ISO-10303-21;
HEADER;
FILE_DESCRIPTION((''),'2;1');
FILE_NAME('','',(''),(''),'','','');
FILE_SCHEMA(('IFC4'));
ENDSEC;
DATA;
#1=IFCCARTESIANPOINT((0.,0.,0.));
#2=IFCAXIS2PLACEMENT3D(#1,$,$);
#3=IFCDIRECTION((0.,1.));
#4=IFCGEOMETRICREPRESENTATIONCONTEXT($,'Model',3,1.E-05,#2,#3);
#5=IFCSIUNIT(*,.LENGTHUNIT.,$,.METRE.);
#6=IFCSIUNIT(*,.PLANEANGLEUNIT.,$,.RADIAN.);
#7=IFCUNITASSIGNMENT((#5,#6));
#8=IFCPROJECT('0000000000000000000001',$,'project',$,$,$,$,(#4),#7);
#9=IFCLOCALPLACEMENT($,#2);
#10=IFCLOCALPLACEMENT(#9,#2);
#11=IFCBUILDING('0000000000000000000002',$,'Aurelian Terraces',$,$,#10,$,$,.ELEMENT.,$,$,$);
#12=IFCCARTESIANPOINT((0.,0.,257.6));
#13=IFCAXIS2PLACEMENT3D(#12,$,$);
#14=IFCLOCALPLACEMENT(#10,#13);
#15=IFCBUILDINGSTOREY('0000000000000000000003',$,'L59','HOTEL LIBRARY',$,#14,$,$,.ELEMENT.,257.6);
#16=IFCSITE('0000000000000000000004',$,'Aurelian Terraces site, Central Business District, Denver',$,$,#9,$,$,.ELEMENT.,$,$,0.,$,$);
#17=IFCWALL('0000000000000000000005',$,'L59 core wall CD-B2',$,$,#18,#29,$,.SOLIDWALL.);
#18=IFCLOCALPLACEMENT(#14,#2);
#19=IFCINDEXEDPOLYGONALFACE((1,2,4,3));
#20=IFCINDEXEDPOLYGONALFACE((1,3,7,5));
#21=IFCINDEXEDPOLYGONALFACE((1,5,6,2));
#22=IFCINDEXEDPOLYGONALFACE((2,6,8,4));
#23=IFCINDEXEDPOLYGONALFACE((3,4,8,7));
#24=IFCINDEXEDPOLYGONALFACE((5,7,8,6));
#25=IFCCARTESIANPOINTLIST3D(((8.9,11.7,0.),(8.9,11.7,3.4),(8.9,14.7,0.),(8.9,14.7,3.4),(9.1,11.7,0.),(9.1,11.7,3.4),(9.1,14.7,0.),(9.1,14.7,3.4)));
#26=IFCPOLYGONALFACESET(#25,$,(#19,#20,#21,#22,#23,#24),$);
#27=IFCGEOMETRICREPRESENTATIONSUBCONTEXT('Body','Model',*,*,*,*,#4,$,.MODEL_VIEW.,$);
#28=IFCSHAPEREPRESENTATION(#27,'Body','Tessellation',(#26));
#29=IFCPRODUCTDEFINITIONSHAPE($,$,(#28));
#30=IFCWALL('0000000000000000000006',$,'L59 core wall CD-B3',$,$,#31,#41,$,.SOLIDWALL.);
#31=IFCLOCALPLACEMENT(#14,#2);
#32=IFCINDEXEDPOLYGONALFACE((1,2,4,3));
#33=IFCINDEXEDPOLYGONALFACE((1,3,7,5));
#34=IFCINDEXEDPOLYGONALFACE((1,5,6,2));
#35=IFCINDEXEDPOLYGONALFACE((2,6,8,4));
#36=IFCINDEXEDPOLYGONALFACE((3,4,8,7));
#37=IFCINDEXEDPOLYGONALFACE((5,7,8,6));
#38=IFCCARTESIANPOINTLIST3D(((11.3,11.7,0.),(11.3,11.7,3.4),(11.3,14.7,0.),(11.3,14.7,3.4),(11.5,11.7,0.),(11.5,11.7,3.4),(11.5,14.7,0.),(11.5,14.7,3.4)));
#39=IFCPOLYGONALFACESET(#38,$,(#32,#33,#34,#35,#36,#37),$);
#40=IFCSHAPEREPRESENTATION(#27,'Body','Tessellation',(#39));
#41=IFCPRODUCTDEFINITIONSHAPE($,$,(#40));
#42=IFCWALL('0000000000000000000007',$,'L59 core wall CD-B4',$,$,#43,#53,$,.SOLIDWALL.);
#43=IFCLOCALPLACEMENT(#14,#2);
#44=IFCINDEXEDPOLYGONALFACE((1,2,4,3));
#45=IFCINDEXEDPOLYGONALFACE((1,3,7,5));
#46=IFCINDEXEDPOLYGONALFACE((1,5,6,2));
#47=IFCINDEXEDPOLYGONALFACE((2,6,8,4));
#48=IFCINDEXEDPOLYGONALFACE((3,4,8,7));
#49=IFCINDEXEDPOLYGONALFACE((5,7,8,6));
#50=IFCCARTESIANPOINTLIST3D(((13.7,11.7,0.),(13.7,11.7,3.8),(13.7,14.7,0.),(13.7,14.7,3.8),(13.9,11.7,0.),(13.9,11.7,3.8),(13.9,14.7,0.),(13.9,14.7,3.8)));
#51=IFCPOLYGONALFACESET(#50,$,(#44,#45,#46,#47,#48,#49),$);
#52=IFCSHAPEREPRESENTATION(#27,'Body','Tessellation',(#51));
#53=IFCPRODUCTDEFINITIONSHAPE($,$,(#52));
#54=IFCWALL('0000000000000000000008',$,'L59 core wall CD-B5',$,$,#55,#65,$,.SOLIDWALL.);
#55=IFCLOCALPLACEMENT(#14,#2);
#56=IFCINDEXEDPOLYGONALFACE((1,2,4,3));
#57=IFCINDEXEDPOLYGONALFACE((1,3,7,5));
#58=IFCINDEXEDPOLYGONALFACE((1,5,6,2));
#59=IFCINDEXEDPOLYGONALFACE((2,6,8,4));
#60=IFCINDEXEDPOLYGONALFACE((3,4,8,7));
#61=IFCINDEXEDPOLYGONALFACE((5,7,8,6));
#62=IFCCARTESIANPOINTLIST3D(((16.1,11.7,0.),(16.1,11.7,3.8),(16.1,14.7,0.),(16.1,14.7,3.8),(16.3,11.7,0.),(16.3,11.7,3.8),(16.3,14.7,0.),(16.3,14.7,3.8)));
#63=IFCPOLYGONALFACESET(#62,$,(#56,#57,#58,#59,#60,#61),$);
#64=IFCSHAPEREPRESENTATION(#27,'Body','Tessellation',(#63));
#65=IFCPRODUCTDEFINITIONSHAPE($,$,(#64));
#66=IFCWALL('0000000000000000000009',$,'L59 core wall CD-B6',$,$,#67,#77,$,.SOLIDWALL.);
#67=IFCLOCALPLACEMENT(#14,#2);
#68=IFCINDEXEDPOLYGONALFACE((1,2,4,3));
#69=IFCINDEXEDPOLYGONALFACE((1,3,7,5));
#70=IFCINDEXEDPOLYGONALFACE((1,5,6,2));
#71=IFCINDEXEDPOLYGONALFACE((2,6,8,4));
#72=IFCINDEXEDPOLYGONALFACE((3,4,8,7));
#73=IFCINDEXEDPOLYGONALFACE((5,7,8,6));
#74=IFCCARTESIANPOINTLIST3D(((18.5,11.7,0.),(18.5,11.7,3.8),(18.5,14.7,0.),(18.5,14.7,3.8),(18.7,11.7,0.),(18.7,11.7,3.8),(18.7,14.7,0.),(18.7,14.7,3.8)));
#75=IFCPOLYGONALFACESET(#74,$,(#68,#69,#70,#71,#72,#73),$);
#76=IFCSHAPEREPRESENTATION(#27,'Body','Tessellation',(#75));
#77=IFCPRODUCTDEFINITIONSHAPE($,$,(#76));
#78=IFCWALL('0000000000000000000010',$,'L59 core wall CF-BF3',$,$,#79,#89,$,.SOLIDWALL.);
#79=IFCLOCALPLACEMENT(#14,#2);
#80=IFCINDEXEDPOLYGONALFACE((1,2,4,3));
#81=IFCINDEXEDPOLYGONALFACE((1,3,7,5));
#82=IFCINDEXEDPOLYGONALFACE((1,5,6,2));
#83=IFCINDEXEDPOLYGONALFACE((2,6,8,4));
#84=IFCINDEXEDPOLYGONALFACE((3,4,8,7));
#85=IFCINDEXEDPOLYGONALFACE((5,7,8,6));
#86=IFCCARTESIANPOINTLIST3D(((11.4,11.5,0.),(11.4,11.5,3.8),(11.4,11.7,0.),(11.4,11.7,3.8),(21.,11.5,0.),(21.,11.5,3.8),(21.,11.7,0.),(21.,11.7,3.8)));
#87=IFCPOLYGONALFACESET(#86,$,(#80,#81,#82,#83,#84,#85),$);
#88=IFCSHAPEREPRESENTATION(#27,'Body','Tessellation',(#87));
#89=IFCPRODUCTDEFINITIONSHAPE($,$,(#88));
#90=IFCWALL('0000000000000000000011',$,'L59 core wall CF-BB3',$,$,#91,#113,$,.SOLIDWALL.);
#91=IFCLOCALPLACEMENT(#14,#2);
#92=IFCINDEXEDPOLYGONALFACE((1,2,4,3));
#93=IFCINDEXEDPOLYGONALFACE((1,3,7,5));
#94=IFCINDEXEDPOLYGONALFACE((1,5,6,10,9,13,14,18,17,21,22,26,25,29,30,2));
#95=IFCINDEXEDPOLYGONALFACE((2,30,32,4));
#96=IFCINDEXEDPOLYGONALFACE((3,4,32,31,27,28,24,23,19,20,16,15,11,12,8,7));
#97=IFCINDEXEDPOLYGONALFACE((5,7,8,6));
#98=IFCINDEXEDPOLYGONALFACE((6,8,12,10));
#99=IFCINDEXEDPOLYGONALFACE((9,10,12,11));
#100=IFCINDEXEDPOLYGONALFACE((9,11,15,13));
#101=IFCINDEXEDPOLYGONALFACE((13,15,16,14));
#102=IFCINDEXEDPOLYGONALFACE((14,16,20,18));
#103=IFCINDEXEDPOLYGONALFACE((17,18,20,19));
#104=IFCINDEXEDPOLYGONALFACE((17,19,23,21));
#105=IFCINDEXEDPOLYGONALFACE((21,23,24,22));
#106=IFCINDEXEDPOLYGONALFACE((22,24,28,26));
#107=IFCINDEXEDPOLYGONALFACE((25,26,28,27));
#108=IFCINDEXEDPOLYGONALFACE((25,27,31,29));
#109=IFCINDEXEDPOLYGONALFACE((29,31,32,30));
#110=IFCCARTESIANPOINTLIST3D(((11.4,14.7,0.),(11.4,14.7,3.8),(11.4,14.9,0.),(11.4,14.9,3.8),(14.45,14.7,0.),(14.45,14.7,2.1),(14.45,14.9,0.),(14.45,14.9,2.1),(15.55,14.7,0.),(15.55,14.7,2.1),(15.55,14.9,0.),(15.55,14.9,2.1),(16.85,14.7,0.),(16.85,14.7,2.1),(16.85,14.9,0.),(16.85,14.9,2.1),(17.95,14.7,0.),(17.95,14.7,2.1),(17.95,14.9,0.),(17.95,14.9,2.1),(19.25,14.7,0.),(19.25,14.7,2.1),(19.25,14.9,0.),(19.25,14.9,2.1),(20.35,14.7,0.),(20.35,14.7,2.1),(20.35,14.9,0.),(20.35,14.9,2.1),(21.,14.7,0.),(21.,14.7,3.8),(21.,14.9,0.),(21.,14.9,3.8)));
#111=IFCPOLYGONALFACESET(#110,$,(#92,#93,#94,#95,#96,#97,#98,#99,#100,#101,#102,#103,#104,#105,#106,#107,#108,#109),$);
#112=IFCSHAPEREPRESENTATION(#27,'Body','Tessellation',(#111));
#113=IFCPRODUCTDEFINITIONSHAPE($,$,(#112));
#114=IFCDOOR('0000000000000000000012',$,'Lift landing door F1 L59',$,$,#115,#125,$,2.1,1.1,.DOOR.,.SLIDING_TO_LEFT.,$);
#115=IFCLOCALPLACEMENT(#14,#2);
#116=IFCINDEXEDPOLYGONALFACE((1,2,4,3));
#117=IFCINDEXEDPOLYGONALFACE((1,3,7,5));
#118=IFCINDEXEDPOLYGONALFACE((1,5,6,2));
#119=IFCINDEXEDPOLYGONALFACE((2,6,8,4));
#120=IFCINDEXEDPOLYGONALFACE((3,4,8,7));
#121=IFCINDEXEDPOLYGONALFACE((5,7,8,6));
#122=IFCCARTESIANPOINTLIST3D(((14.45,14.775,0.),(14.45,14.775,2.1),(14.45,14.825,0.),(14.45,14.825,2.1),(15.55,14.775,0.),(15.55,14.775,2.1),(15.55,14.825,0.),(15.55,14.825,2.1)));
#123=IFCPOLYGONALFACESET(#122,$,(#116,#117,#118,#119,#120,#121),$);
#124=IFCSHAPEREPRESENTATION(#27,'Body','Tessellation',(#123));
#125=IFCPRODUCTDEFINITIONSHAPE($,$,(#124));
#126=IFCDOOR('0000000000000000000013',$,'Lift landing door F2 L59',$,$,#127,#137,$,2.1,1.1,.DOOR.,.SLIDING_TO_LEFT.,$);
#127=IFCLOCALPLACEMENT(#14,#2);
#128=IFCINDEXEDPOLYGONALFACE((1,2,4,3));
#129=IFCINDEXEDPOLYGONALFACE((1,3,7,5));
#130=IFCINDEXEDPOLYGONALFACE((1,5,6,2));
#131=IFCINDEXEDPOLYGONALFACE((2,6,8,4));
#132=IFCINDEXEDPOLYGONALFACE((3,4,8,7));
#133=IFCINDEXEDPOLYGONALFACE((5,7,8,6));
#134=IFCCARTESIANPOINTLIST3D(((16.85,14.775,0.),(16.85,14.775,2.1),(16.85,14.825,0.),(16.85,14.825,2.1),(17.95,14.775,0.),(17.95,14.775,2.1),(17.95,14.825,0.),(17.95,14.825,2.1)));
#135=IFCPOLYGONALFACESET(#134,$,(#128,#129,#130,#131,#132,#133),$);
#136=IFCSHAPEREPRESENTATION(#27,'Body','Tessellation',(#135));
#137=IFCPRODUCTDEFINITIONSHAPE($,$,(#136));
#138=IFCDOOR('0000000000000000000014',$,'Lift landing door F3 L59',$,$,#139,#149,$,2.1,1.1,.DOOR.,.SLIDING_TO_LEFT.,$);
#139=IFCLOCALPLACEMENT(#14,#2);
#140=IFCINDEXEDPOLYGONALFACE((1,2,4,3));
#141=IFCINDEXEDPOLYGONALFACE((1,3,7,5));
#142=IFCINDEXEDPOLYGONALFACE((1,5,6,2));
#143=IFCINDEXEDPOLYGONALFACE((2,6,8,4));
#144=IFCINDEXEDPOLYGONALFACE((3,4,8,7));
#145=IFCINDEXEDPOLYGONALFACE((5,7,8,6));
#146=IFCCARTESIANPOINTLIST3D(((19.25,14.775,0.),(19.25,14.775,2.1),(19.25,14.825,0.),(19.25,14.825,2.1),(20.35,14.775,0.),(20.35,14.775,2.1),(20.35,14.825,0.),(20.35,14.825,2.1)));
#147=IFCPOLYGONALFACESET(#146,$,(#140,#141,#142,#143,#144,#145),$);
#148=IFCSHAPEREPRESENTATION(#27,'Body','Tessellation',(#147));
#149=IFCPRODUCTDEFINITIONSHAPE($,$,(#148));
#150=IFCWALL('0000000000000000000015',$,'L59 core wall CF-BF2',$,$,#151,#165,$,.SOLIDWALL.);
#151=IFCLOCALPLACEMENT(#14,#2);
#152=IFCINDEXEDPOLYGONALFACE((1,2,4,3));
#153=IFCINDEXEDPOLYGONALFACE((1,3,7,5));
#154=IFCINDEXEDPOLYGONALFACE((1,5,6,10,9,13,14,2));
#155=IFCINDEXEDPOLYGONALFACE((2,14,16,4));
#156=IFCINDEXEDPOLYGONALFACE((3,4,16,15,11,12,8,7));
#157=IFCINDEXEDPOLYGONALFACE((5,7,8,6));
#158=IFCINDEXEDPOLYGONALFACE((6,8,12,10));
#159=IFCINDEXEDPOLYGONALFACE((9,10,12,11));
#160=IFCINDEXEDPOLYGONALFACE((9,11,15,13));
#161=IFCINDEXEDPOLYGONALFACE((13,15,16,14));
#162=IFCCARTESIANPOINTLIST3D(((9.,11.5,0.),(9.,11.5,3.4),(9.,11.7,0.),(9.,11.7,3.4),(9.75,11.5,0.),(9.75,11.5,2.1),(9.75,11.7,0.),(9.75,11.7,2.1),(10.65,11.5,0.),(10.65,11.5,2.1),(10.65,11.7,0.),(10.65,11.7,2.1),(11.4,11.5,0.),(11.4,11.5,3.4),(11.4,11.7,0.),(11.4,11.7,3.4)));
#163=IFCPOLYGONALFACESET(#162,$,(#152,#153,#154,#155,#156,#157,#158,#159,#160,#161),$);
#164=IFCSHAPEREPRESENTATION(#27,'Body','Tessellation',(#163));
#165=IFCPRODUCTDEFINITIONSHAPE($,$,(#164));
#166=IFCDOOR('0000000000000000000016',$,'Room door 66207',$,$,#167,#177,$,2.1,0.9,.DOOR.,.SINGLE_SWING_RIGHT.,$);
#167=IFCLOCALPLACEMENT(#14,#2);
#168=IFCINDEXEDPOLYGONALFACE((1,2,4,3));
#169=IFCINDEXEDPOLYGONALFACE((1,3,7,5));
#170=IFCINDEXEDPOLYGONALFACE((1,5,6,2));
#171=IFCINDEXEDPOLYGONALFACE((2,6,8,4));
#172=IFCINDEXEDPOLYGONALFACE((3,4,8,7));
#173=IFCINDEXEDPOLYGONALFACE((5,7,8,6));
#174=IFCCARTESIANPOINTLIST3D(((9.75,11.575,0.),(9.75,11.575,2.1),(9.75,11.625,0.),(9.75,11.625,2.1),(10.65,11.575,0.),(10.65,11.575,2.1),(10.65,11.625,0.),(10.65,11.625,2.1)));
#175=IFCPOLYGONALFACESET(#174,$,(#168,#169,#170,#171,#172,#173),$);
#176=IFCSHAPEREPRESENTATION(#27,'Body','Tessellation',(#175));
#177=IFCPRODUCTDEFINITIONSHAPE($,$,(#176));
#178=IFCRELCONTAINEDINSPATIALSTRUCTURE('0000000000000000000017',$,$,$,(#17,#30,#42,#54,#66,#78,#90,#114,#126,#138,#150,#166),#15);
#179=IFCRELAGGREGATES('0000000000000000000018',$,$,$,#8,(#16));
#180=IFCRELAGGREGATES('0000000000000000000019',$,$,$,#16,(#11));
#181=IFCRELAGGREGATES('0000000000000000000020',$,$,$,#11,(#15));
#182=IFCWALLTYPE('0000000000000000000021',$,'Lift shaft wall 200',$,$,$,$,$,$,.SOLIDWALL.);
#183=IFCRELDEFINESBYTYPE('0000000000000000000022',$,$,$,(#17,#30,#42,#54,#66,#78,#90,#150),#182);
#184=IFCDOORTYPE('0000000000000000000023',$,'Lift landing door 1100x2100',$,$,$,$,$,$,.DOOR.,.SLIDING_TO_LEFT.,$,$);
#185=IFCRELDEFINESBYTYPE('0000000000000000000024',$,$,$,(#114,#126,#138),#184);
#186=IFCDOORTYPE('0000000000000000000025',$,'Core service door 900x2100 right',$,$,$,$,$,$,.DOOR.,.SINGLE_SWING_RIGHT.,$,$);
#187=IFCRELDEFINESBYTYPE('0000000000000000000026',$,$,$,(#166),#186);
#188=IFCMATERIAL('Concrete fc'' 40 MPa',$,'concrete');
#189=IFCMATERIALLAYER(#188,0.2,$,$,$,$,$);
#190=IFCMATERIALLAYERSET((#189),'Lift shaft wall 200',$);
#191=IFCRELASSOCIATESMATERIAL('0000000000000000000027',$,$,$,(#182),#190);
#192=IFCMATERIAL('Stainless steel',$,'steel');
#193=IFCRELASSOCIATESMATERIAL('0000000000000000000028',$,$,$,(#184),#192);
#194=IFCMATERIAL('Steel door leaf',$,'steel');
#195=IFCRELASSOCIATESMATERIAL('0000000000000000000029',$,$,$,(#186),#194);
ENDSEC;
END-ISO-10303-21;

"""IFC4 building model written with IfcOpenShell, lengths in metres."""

from ifc_helpers import new_model, si_unit, direction, frame, frame_2d, origin, place, context, subcontext, project, spatial, rectangle, extrude, source, transform, mapped, material, layer, layer_set, type_object, element, fill, save


model = new_model("IFC4")

# Units and contexts
model_context = context("Model", 3, precision=1e-05, world=origin(), true_north=direction((0.0, 1.0)))
body_context = subcontext(model_context, "Body", "Model", "MODEL_VIEW")
ifc_project = project(units=[si_unit("LENGTHUNIT", "METRE"), si_unit("PLANEANGLEUNIT", "RADIAN")], contexts=[model_context])

# Site, building, storey
site_placement = place(None, origin())
site = spatial("IfcSite", under=ifc_project, at=site_placement, Name="Aurelian Terraces site, Central Business District, Denver", CompositionType="ELEMENT", RefElevation=0.0)
building_placement = place(site_placement, origin())
building = spatial("IfcBuilding", under=site, at=building_placement, Name="Aurelian Terraces", CompositionType="ELEMENT")
storey_placement = place(building_placement, frame((0.0, 0.0, 257.6)))
storey = spatial("IfcBuildingStorey", under=building, at=storey_placement, Name="L59", Description="HOTEL LIBRARY", CompositionType="ELEMENT", Elevation=257.6)

# Walls
ifc_material_1 = material(Name="Concrete fc' 40 MPa", Category="concrete")
ifc_layer_1 = layer(ifc_material_1, 0.2)
ifc_layer_set_1 = layer_set([ifc_layer_1], Name="Lift shaft wall 200")
wall_type_1 = type_object("IfcWallType", Name="Lift shaft wall 200", PredefinedType="SOLIDWALL", material=ifc_layer_set_1)
shared_shape_1 = source(origin(), body_context, "Body", "SweptSolid", [
    extrude(rectangle(XDim=3.0, YDim=0.2, at=frame_2d((1.5, 0.0))), origin(), (0.0, 0.0, 1.0), 3.4),
])
for number, where, z_axis, x_axis, name in (
    (1, (9.0, 11.7, 0.0), (0.0, 0.0, 1.0), (0.0, 1.0, 0.0), "L59 core wall CD-B2"),
    (2, (11.4, 11.7, 0.0), (0.0, 0.0, 1.0), (0.0, 1.0, 0.0), "L59 core wall CD-B3"),
):
    element("IfcWall", number, at=place(storey_placement, frame(where, z_axis=z_axis, x_axis=x_axis)), inside=storey, type_object=wall_type_1, Name=name, PredefinedType="SOLIDWALL", context=body_context, shape_type="MappedRepresentation", body=[
        mapped(shared_shape_1, transform((0.0, 0.0, 0.0), scale=1.0)),
    ])
shared_shape_2 = source(origin(), body_context, "Body", "SweptSolid", [
    extrude(rectangle(XDim=3.0, YDim=0.2, at=frame_2d((1.5, 0.0))), origin(), (0.0, 0.0, 1.0), 3.8),
])
for number, where, z_axis, x_axis, name in (
    (3, (13.8, 11.7, 0.0), (0.0, 0.0, 1.0), (0.0, 1.0, 0.0), "L59 core wall CD-B4"),
    (4, (16.2, 11.7, 0.0), (0.0, 0.0, 1.0), (0.0, 1.0, 0.0), "L59 core wall CD-B5"),
    (5, (18.6, 11.7, 0.0), (0.0, 0.0, 1.0), (0.0, 1.0, 0.0), "L59 core wall CD-B6"),
):
    element("IfcWall", number, at=place(storey_placement, frame(where, z_axis=z_axis, x_axis=x_axis)), inside=storey, type_object=wall_type_1, Name=name, PredefinedType="SOLIDWALL", context=body_context, shape_type="MappedRepresentation", body=[
        mapped(shared_shape_2, transform((0.0, 0.0, 0.0), scale=1.0)),
    ])
shared_shape_3 = source(origin(), body_context, "Body", "SweptSolid", [
    extrude(rectangle(XDim=9.6, YDim=0.2, at=frame_2d((4.8, 0.0))), origin(), (0.0, 0.0, 1.0), 3.8),
])
wall_1_placement = place(storey_placement, frame((11.4, 11.6, 0.0), z_axis=(0.0, 0.0, 1.0), x_axis=(1.0, 0.0, 0.0)))
element("IfcWall", 6, at=wall_1_placement, inside=storey, type_object=wall_type_1, Name="L59 core wall CF-BF3", PredefinedType="SOLIDWALL", context=body_context, shape_type="MappedRepresentation", body=[
    mapped(shared_shape_3, transform((0.0, 0.0, 0.0), scale=1.0)),
])

# Wall, openings, doors
wall_2_placement = place(storey_placement, frame((11.4, 14.8, 0.0), z_axis=(0.0, 0.0, 1.0), x_axis=(1.0, 0.0, 0.0)))
wall_2 = element("IfcWall", 7, at=wall_2_placement, inside=storey, type_object=wall_type_1, Name="L59 core wall CF-BB3", PredefinedType="SOLIDWALL", context=body_context, shape_type="MappedRepresentation", body=[
    mapped(shared_shape_3, transform((0.0, 0.0, 0.0), scale=1.0)),
])
shared_shape_4 = source(origin(), body_context, "Body", "SweptSolid", [
    extrude(rectangle(XDim=1.1, YDim=2.1, at=frame_2d((0.55, 1.05))), frame((0.0, 0.11, 0.0), z_axis=(0.0, -1.0, 0.0), x_axis=(1.0, 0.0, 0.0)), (0.0, 0.0, 1.0), 0.22),
])
opening_1_placement = place(wall_2_placement, frame((3.05, 0.0, 0.0)))
opening_1 = element("IfcOpeningElement", 8, at=opening_1_placement, cuts=wall_2, PredefinedType="OPENING", context=body_context, shape_type="MappedRepresentation", body=[
    mapped(shared_shape_4, transform((0.0, 0.0, 0.0), scale=1.0)),
])
opening_2_placement = place(wall_2_placement, frame((5.45, 0.0, 0.0)))
opening_2 = element("IfcOpeningElement", 9, at=opening_2_placement, cuts=wall_2, PredefinedType="OPENING", context=body_context, shape_type="MappedRepresentation", body=[
    mapped(shared_shape_4, transform((0.0, 0.0, 0.0), scale=1.0)),
])
opening_3_placement = place(wall_2_placement, frame((7.85, 0.0, 0.0)))
opening_3 = element("IfcOpeningElement", 10, at=opening_3_placement, cuts=wall_2, PredefinedType="OPENING", context=body_context, shape_type="MappedRepresentation", body=[
    mapped(shared_shape_4, transform((0.0, 0.0, 0.0), scale=1.0)),
])
ifc_material_2 = material(Name="Stainless steel", Category="steel")
door_type_1 = type_object("IfcDoorType", Name="Lift landing door 1100x2100", OperationType="SLIDING_TO_LEFT", PredefinedType="DOOR", material=ifc_material_2)
shared_shape_5 = source(origin(), body_context, "Body", "SweptSolid", [
    extrude(rectangle(XDim=1.1, YDim=2.1, at=frame_2d((0.55, 1.05))), frame((0.0, 0.025, 0.0), z_axis=(0.0, -1.0, 0.0), x_axis=(1.0, 0.0, 0.0)), (0.0, 0.0, 1.0), 0.05),
])
door_1_placement = place(opening_1_placement, origin())
door_1 = element("IfcDoor", 11, at=door_1_placement, inside=storey, type_object=door_type_1, Name="Lift landing door F1 L59", OperationType="SLIDING_TO_LEFT", OverallHeight=2.1, OverallWidth=1.1, PredefinedType="DOOR", context=body_context, shape_type="MappedRepresentation", body=[
    mapped(shared_shape_5, transform((0.0, 0.0, 0.0), scale=1.0)),
])
fill(opening_1, door_1)
door_2_placement = place(opening_2_placement, origin())
door_2 = element("IfcDoor", 12, at=door_2_placement, inside=storey, type_object=door_type_1, Name="Lift landing door F2 L59", OperationType="SLIDING_TO_LEFT", OverallHeight=2.1, OverallWidth=1.1, PredefinedType="DOOR", context=body_context, shape_type="MappedRepresentation", body=[
    mapped(shared_shape_5, transform((0.0, 0.0, 0.0), scale=1.0)),
])
fill(opening_2, door_2)
door_3_placement = place(opening_3_placement, origin())
door_3 = element("IfcDoor", 13, at=door_3_placement, inside=storey, type_object=door_type_1, Name="Lift landing door F3 L59", OperationType="SLIDING_TO_LEFT", OverallHeight=2.1, OverallWidth=1.1, PredefinedType="DOOR", context=body_context, shape_type="MappedRepresentation", body=[
    mapped(shared_shape_5, transform((0.0, 0.0, 0.0), scale=1.0)),
])
fill(opening_3, door_3)

# Wall, opening, door
shared_shape_6 = source(origin(), body_context, "Body", "SweptSolid", [
    extrude(rectangle(XDim=2.4, YDim=0.2, at=frame_2d((1.2, 0.0))), origin(), (0.0, 0.0, 1.0), 3.4),
])
wall_3_placement = place(storey_placement, frame((9.0, 11.6, 0.0), z_axis=(0.0, 0.0, 1.0), x_axis=(1.0, 0.0, 0.0)))
wall_3 = element("IfcWall", 14, at=wall_3_placement, inside=storey, type_object=wall_type_1, Name="L59 core wall CF-BF2", PredefinedType="SOLIDWALL", context=body_context, shape_type="MappedRepresentation", body=[
    mapped(shared_shape_6, transform((0.0, 0.0, 0.0), scale=1.0)),
])
shared_shape_7 = source(origin(), body_context, "Body", "SweptSolid", [
    extrude(rectangle(XDim=0.9, YDim=2.1, at=frame_2d((0.45, 1.05))), frame((0.0, 0.11, 0.0), z_axis=(0.0, -1.0, 0.0), x_axis=(1.0, 0.0, 0.0)), (0.0, 0.0, 1.0), 0.22),
])
opening_4_placement = place(wall_3_placement, frame((0.75, 0.0, 0.0)))
opening_4 = element("IfcOpeningElement", 15, at=opening_4_placement, cuts=wall_3, PredefinedType="OPENING", context=body_context, shape_type="MappedRepresentation", body=[
    mapped(shared_shape_7, transform((0.0, 0.0, 0.0), scale=1.0)),
])
ifc_material_3 = material(Name="Steel door leaf", Category="steel")
door_type_2 = type_object("IfcDoorType", Name="Core service door 900x2100 right", OperationType="SINGLE_SWING_RIGHT", PredefinedType="DOOR", material=ifc_material_3)
shared_shape_8 = source(origin(), body_context, "Body", "SweptSolid", [
    extrude(rectangle(XDim=0.9, YDim=2.1, at=frame_2d((0.45, 1.05))), frame((0.0, 0.025, 0.0), z_axis=(0.0, -1.0, 0.0), x_axis=(1.0, 0.0, 0.0)), (0.0, 0.0, 1.0), 0.05),
])
door_4_placement = place(opening_4_placement, origin())
door_4 = element("IfcDoor", 16, at=door_4_placement, inside=storey, type_object=door_type_2, Name="Room door 66207", OperationType="SINGLE_SWING_RIGHT", OverallHeight=2.1, OverallWidth=0.9, PredefinedType="DOOR", context=body_context, shape_type="MappedRepresentation", body=[
    mapped(shared_shape_8, transform((0.0, 0.0, 0.0), scale=1.0)),
])
fill(opening_4, door_4)

save(model, "model.ifc")
